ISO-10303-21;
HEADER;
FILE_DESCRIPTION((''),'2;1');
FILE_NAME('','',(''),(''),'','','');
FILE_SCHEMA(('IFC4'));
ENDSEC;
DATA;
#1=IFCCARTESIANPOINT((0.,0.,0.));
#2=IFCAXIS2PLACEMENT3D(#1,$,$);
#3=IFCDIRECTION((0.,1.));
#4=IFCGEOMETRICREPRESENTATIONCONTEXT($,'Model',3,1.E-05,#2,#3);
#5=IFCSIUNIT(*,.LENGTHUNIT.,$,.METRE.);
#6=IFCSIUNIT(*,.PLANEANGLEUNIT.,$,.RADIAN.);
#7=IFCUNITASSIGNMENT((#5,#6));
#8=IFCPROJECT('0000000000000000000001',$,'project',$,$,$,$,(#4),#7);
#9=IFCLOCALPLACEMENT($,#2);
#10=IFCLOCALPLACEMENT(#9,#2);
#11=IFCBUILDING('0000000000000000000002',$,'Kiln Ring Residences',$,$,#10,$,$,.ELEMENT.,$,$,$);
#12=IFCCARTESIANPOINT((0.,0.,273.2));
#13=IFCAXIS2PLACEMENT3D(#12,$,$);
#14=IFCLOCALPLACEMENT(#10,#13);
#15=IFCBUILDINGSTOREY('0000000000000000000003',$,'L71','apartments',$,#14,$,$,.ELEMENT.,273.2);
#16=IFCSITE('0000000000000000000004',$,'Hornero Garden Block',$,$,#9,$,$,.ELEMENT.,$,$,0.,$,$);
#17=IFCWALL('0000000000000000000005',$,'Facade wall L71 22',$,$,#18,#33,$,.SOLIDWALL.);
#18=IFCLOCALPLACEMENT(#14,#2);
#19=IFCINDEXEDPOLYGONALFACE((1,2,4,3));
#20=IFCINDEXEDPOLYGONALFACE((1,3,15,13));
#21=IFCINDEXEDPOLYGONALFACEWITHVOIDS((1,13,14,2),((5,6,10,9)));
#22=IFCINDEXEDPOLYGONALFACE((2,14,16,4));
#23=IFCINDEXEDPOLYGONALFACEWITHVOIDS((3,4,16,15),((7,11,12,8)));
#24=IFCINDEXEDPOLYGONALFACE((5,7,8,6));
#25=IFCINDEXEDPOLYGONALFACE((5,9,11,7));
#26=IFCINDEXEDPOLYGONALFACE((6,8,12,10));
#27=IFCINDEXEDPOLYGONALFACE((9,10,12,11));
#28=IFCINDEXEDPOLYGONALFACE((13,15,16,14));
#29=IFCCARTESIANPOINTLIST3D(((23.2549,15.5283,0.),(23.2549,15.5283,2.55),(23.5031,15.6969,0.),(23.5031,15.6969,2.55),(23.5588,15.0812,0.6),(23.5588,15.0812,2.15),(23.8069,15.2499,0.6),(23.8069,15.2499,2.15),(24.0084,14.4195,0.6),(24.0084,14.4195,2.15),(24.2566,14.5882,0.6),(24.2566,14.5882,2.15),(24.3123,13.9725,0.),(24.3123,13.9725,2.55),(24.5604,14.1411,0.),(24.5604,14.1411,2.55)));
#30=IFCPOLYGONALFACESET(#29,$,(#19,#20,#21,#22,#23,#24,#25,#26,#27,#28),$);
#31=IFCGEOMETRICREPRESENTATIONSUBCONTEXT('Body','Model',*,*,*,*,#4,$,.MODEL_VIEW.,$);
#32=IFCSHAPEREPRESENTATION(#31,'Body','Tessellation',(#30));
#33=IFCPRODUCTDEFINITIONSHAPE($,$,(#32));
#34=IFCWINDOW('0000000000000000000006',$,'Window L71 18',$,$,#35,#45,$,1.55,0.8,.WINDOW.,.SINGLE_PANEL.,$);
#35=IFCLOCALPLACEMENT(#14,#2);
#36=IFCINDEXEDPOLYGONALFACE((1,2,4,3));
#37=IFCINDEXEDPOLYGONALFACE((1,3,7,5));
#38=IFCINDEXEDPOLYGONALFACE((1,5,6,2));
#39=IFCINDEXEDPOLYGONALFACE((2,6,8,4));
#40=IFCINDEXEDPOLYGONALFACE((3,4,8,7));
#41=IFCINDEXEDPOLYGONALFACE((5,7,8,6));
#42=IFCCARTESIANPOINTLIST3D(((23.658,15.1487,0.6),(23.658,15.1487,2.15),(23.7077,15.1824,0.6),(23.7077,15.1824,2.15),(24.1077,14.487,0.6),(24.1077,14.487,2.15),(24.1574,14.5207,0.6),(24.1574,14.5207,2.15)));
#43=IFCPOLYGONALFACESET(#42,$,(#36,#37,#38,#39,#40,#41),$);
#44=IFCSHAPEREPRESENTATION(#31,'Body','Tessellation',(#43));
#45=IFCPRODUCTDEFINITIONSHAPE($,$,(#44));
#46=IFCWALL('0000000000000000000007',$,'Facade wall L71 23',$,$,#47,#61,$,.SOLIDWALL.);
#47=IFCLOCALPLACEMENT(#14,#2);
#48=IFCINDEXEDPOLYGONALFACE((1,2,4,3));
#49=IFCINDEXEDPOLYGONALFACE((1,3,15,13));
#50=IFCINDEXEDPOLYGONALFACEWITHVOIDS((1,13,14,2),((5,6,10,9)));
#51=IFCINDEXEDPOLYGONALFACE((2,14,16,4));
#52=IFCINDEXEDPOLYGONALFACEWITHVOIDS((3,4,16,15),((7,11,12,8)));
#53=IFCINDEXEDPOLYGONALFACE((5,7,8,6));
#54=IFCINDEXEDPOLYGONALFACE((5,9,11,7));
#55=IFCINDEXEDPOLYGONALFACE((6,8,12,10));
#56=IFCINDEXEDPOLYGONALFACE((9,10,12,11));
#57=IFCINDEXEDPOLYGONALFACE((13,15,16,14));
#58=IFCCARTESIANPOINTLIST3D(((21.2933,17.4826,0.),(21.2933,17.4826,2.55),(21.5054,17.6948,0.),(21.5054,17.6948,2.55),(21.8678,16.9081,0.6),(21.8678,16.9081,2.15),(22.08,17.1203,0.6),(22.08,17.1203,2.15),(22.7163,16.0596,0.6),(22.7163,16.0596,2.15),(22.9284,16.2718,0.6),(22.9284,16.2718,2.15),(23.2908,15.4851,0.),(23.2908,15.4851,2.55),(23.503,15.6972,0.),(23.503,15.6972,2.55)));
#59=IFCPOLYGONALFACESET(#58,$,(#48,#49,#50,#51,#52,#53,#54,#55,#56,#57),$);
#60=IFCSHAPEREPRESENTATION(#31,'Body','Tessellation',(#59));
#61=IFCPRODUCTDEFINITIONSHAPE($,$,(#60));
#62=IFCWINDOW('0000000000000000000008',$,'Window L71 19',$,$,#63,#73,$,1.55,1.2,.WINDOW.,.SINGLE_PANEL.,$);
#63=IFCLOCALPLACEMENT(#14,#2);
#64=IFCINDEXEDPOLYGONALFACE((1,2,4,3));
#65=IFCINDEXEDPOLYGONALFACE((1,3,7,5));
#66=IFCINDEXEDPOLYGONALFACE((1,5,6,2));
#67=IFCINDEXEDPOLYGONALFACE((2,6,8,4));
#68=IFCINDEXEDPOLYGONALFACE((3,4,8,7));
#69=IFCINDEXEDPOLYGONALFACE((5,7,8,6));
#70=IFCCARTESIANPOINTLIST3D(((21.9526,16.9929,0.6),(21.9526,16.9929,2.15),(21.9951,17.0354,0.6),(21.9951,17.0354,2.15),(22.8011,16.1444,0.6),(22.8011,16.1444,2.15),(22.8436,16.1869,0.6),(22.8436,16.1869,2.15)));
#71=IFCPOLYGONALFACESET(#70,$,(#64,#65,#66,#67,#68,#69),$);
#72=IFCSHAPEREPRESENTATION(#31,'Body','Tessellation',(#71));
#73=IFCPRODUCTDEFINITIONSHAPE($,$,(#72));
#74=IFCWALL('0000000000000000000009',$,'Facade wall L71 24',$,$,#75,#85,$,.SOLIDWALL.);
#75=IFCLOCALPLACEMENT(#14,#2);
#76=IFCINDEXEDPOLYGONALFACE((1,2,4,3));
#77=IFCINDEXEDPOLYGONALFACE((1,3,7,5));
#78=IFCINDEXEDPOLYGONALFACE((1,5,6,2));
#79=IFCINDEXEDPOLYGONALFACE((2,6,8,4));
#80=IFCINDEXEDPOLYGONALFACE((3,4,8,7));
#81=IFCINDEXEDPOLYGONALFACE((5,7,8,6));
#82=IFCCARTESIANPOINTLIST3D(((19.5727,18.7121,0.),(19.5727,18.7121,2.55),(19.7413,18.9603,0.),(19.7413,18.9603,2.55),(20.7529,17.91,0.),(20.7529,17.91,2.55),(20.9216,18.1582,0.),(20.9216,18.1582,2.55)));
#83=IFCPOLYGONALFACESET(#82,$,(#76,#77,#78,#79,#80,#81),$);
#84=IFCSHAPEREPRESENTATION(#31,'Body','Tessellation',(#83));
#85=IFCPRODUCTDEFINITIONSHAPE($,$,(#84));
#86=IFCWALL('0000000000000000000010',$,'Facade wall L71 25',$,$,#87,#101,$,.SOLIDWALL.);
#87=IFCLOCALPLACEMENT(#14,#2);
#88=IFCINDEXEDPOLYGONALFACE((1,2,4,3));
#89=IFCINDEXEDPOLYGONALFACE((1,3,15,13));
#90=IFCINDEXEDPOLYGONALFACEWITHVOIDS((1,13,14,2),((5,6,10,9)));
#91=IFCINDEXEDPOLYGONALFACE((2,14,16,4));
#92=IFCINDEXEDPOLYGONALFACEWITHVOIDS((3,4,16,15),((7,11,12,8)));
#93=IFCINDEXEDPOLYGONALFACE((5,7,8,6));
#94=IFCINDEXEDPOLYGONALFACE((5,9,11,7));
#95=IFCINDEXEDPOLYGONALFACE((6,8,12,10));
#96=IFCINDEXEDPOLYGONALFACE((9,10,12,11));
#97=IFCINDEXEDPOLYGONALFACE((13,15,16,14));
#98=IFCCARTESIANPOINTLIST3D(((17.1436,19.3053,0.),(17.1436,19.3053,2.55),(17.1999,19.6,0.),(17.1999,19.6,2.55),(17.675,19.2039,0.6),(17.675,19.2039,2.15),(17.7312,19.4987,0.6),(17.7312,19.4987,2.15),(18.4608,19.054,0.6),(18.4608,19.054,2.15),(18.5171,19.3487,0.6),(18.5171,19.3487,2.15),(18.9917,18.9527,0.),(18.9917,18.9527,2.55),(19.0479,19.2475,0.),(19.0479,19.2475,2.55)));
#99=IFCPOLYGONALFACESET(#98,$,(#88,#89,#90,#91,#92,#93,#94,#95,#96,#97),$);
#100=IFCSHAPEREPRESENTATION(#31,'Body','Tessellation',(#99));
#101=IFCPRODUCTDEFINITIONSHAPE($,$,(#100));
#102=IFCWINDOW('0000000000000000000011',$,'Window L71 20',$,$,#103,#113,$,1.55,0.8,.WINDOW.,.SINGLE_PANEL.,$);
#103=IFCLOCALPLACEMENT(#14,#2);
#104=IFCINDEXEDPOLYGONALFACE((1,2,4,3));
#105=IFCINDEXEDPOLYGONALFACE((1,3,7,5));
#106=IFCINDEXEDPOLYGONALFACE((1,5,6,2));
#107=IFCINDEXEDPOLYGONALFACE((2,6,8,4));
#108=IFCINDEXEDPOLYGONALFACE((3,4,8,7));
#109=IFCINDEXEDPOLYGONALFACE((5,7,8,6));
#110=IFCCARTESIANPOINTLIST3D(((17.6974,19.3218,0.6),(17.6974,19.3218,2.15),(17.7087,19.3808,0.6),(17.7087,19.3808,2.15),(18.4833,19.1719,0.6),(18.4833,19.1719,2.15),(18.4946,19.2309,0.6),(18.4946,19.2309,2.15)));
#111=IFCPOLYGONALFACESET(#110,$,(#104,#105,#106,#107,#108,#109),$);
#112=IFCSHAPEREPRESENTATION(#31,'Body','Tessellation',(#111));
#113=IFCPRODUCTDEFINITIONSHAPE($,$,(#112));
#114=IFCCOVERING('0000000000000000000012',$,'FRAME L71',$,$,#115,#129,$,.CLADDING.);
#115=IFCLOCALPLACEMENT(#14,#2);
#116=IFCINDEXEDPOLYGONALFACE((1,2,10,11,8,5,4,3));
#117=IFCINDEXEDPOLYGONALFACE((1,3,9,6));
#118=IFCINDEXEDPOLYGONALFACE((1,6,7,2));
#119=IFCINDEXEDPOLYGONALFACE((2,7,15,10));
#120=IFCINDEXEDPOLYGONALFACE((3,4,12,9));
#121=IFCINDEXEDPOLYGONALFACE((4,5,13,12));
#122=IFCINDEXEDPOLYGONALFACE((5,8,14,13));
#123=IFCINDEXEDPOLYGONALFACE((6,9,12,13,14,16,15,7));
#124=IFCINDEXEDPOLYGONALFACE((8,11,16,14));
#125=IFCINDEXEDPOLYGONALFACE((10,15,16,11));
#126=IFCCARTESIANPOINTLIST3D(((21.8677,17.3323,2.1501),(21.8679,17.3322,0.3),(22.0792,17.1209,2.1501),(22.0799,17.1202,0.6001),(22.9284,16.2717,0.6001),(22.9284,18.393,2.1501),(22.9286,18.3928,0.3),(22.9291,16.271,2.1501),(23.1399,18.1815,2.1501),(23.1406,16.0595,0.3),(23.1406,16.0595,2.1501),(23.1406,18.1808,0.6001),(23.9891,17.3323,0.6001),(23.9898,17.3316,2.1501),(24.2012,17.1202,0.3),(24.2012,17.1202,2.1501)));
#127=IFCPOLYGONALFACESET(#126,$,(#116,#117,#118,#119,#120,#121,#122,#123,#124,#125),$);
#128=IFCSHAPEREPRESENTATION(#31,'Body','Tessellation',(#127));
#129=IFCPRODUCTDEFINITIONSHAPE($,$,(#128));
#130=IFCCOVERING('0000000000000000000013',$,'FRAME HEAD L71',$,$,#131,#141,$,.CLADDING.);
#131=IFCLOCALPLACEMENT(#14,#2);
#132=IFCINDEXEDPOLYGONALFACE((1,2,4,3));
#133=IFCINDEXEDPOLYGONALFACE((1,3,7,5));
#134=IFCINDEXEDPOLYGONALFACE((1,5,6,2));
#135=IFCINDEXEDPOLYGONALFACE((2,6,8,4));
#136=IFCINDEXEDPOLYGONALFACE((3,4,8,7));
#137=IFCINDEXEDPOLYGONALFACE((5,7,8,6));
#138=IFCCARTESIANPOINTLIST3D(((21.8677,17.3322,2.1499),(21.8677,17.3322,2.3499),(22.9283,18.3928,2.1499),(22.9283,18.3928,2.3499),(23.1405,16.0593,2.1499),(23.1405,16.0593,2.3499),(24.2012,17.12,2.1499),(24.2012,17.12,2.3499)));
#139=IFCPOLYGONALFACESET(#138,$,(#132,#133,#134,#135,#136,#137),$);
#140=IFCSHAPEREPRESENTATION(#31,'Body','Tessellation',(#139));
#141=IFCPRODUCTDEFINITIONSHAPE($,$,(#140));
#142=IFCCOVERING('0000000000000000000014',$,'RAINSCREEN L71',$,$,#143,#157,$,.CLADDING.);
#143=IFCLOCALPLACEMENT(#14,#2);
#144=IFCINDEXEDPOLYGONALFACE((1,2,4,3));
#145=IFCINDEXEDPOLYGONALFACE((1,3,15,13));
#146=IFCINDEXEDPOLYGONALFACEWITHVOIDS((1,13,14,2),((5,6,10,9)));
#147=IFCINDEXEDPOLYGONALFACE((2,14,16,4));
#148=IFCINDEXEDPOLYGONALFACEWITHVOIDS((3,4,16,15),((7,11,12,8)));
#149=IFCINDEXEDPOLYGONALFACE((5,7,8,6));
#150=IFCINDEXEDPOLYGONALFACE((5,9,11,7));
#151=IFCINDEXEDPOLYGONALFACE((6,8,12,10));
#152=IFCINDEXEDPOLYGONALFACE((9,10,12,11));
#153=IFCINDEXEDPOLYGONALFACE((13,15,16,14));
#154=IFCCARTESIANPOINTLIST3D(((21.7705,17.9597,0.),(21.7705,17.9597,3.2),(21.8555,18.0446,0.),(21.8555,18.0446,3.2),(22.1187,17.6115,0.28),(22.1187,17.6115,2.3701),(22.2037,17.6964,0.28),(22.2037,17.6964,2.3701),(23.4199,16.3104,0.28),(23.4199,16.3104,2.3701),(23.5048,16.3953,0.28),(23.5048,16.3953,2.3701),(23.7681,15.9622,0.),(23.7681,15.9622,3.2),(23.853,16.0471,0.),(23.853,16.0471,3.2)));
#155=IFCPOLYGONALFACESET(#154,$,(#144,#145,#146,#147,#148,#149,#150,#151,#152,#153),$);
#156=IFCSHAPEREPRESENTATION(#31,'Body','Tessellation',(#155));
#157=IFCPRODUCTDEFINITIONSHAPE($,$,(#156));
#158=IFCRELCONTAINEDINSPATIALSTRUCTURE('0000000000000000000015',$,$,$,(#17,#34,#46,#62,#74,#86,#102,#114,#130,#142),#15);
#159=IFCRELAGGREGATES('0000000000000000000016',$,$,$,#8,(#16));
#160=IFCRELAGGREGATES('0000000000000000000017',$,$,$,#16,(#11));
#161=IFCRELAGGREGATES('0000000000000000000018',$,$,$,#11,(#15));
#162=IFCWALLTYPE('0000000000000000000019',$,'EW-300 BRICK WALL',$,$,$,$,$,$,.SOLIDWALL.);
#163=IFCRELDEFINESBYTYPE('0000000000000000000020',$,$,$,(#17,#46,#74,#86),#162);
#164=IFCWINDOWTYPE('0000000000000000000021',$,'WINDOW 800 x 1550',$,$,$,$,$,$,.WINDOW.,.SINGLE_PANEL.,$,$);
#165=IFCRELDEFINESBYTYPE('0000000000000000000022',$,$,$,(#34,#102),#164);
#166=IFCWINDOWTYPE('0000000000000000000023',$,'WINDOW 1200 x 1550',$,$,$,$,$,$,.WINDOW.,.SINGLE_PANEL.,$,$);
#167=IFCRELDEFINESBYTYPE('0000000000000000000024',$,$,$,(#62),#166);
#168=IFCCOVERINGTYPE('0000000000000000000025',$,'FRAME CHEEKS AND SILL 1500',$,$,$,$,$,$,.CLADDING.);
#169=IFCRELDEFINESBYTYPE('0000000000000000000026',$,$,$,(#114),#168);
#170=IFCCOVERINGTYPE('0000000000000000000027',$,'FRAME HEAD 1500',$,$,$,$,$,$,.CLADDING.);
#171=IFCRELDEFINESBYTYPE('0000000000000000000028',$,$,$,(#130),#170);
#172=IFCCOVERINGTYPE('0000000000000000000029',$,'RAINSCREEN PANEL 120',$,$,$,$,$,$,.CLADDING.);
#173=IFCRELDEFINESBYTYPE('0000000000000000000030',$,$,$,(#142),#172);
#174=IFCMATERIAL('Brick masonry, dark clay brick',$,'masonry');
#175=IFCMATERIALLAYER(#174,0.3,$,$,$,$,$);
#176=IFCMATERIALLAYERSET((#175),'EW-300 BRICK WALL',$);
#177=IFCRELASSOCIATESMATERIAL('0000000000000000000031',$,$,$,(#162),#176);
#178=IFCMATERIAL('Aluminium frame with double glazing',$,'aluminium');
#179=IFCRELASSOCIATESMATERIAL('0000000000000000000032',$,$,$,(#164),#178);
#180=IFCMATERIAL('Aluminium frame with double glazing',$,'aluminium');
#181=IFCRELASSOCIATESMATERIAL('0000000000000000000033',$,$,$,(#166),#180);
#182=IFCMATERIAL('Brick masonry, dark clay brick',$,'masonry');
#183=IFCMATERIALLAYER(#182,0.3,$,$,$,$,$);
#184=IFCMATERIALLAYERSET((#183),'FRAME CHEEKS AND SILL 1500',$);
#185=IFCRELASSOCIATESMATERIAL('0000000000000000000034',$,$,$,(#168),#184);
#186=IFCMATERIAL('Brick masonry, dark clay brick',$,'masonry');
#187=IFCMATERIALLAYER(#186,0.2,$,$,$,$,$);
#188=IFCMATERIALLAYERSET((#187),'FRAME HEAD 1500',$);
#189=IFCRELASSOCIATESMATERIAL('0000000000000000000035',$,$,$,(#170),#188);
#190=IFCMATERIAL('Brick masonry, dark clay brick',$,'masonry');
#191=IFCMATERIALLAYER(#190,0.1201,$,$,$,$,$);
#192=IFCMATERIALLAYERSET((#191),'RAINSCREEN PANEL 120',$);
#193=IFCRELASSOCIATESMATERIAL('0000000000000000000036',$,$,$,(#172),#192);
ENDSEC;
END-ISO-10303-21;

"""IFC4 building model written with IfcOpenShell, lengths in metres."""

from ifc_helpers import new_model, si_unit, direction, frame, frame_2d, origin, origin_2d, place, context, subcontext, project, spatial, polyline, rectangle, outline, extrude, material, layer, layer_set, type_object, element, fill, save


model = new_model("IFC4")

# Units and contexts
model_context = context("Model", 3, precision=1e-05, world=origin(), true_north=direction((0.0, 1.0)))
body_context = subcontext(model_context, "Body", "Model", "MODEL_VIEW")
ifc_project = project(units=[si_unit("LENGTHUNIT", "METRE"), si_unit("PLANEANGLEUNIT", "RADIAN")], contexts=[model_context])

# Site, building, storey
site_placement = place(None, origin())
site = spatial("IfcSite", under=ifc_project, at=site_placement, Name="Hornero Garden Block", CompositionType="ELEMENT", RefElevation=0.0)
building_placement = place(site_placement, origin())
building = spatial("IfcBuilding", under=site, at=building_placement, Name="Kiln Ring Residences", CompositionType="ELEMENT")
storey_placement = place(building_placement, frame((0.0, 0.0, 273.2)))
storey = spatial("IfcBuildingStorey", under=building, at=storey_placement, Name="L71", Description="apartments", CompositionType="ELEMENT", Elevation=273.2)

# Shared definitions
ifc_material_1 = material(Name="Brick masonry, dark clay brick", Category="masonry")
ifc_layer_1 = layer(ifc_material_1, 0.3)
ifc_layer_set_1 = layer_set([ifc_layer_1], Name="EW-300 BRICK WALL")
wall_type_1 = type_object("IfcWallType", Name="EW-300 BRICK WALL", PredefinedType="SOLIDWALL", material=ifc_layer_set_1)

# Walls, openings, windows
wall_1_placement = place(storey_placement, frame((24.4363, 14.0569, 0.0), z_axis=(0.0, 0.0, 1.0), x_axis=(-0.562076, 0.827086, 0.0)))
wall_1 = element("IfcWall", 1, at=wall_1_placement, inside=storey, type_object=wall_type_1, Name="Facade wall L71 22", PredefinedType="SOLIDWALL", context=body_context, shape_type="SweptSolid", body=[
    extrude(rectangle(XDim=1.8811, YDim=0.3, at=frame_2d((0.9404, 0.0))), origin(), (0.0, 0.0, 1.0), 2.55),
])
opening_1_placement = place(wall_1_placement, frame((0.5405, 0.0, 0.6001)))
opening_1 = element("IfcOpeningElement", 2, at=opening_1_placement, cuts=wall_1, PredefinedType="OPENING", context=body_context, shape_type="SweptSolid", body=[
    extrude(rectangle(XDim=0.8, YDim=1.55, at=frame_2d((0.3999, 0.7749))), frame((0.0, 0.1599, 0.0), z_axis=(0.0, -1.0, 0.0), x_axis=(1.0, 0.0, 0.0)), (0.0, 0.0, 1.0), 0.3201),
])
ifc_material_2 = material(Name="Aluminium frame with double glazing", Category="aluminium")
window_type_1 = type_object("IfcWindowType", Name="WINDOW 800 x 1550", PartitioningType="SINGLE_PANEL", PredefinedType="WINDOW", material=ifc_material_2)
window_1_placement = place(opening_1_placement, origin())
window_1 = element("IfcWindow", 3, at=window_1_placement, inside=storey, type_object=window_type_1, Name="Window L71 18", OverallHeight=1.55, OverallWidth=0.8, PartitioningType="SINGLE_PANEL", PredefinedType="WINDOW", context=body_context, shape_type="SweptSolid", body=[
    extrude(rectangle(XDim=0.8, YDim=1.55, at=frame_2d((0.3999, 0.7749))), frame((0.0, 0.03, 0.0), z_axis=(0.0, -1.0, 0.0), x_axis=(1.0, 0.0, 0.0)), (0.0, 0.0, 1.0), 0.0601),
])
fill(opening_1, window_1)
wall_2_placement = place(storey_placement, frame((23.397, 15.5911, 0.0), z_axis=(0.0, 0.0, 1.0), x_axis=(-0.707107, 0.707107, 0.0)))
wall_2 = element("IfcWall", 4, at=wall_2_placement, inside=storey, type_object=wall_type_1, Name="Facade wall L71 23", PredefinedType="SOLIDWALL", context=body_context, shape_type="SweptSolid", body=[
    extrude(rectangle(XDim=2.825, YDim=0.3, at=frame_2d((1.4126, 0.0))), origin(), (0.0, 0.0, 1.0), 2.55),
])
opening_2_placement = place(wall_2_placement, frame((0.8125, 0.0, 0.6001)))
opening_2 = element("IfcOpeningElement", 5, at=opening_2_placement, cuts=wall_2, PredefinedType="OPENING", context=body_context, shape_type="SweptSolid", body=[
    extrude(rectangle(XDim=1.2, YDim=1.55, at=frame_2d((0.6001, 0.7749))), frame((0.0, 0.1599, 0.0), z_axis=(0.0, -1.0, 0.0), x_axis=(1.0, 0.0, 0.0)), (0.0, 0.0, 1.0), 0.3201),
])
ifc_material_3 = material(Name="Aluminium frame with double glazing", Category="aluminium")
window_type_2 = type_object("IfcWindowType", Name="WINDOW 1200 x 1550", PartitioningType="SINGLE_PANEL", PredefinedType="WINDOW", material=ifc_material_3)
window_2_placement = place(opening_2_placement, origin())
window_2 = element("IfcWindow", 6, at=window_2_placement, inside=storey, type_object=window_type_2, Name="Window L71 19", OverallHeight=1.55, OverallWidth=1.2, PartitioningType="SINGLE_PANEL", PredefinedType="WINDOW", context=body_context, shape_type="SweptSolid", body=[
    extrude(rectangle(XDim=1.2, YDim=1.55, at=frame_2d((0.6001, 0.7749))), frame((0.0, 0.03, 0.0), z_axis=(0.0, -1.0, 0.0), x_axis=(1.0, 0.0, 0.0)), (0.0, 0.0, 1.0), 0.0601),
])
fill(opening_2, window_2)

# Wall
wall_3_placement = place(storey_placement, frame((20.8372, 18.0342, 0.0), z_axis=(0.0, 0.0, 1.0), x_axis=(-0.827095, 0.562062, 0.0)))
element("IfcWall", 7, at=wall_3_placement, inside=storey, type_object=wall_type_1, Name="Facade wall L71 24", PredefinedType="SOLIDWALL", context=body_context, shape_type="SweptSolid", body=[
    extrude(rectangle(XDim=1.427, YDim=0.3, at=frame_2d((0.7134, 0.0))), origin(), (0.0, 0.0, 1.0), 2.55),
])

# Wall, opening, window
wall_4_placement = place(storey_placement, frame((19.0198, 19.1001, 0.0), z_axis=(0.0, 0.0, 1.0), x_axis=(-0.982284, 0.187398, 0.0)))
wall_4 = element("IfcWall", 8, at=wall_4_placement, inside=storey, type_object=wall_type_1, Name="Facade wall L71 25", PredefinedType="SOLIDWALL", context=body_context, shape_type="SweptSolid", body=[
    extrude(rectangle(XDim=1.8813, YDim=0.3, at=frame_2d((0.9407, 0.0))), origin(), (0.0, 0.0, 1.0), 2.55),
])
opening_3_placement = place(wall_4_placement, frame((0.5405, 0.0, 0.6001)))
opening_3 = element("IfcOpeningElement", 9, at=opening_3_placement, cuts=wall_4, PredefinedType="OPENING", context=body_context, shape_type="SweptSolid", body=[
    extrude(rectangle(XDim=0.8, YDim=1.55, at=frame_2d((0.3999, 0.7749))), frame((0.0, 0.1599, 0.0), z_axis=(0.0, -1.0, 0.0), x_axis=(1.0, 0.0, 0.0)), (0.0, 0.0, 1.0), 0.3201),
])
window_3_placement = place(opening_3_placement, origin())
window_3 = element("IfcWindow", 10, at=window_3_placement, inside=storey, type_object=window_type_1, Name="Window L71 20", OverallHeight=1.55, OverallWidth=0.8, PartitioningType="SINGLE_PANEL", PredefinedType="WINDOW", context=body_context, shape_type="SweptSolid", body=[
    extrude(rectangle(XDim=0.8, YDim=1.55, at=frame_2d((0.3999, 0.7749))), frame((0.0, 0.03, 0.0), z_axis=(0.0, -1.0, 0.0), x_axis=(1.0, 0.0, 0.0)), (0.0, 0.0, 1.0), 0.0601),
])
fill(opening_3, window_3)

# Coverings
ifc_material_4 = material(Name="Brick masonry, dark clay brick", Category="masonry")
ifc_layer_2 = layer(ifc_material_4, 0.3)
ifc_layer_set_2 = layer_set([ifc_layer_2], Name="FRAME CHEEKS AND SILL 1500")
covering_type_1 = type_object("IfcCoveringType", Name="FRAME CHEEKS AND SILL 1500", PredefinedType="CLADDING", material=ifc_layer_set_2)
covering_1_placement = place(storey_placement, frame((23.6709, 16.5898, 0.3), z_axis=(0.0, 0.0, 1.0), x_axis=(-0.707107, 0.707107, 0.0)))
element("IfcCovering", 11, at=covering_1_placement, inside=storey, type_object=covering_type_1, Name="FRAME L71", PredefinedType="CLADDING", context=body_context, shape_type="SweptSolid", body=[
    extrude(outline(polyline([(0.0, 0.0), (1.7998, 0.0), (1.8, 1.8501), (1.501, 1.8501), (1.5, 0.3), (0.3, 0.3), (0.2991, 1.8501), (0.0, 1.8501), (0.0, 0.0)])), frame((0.0, 0.75, 0.0), z_axis=(0.0, -1.0, 0.0), x_axis=(1.0, 0.0, 0.0)), (0.0, 0.0, 1.0), 1.5),
])
ifc_material_5 = material(Name="Brick masonry, dark clay brick", Category="masonry")
ifc_layer_3 = layer(ifc_material_5, 0.2)
ifc_layer_set_3 = layer_set([ifc_layer_3], Name="FRAME HEAD 1500")
covering_type_2 = type_object("IfcCoveringType", Name="FRAME HEAD 1500", PredefinedType="CLADDING", material=ifc_layer_set_3)
covering_2_placement = place(storey_placement, frame((23.0344, 17.2261, 2.1499), z_axis=(0.0, 0.0, 1.0), x_axis=(-0.707107, 0.707107, 0.0)))
element("IfcCovering", 12, at=covering_2_placement, inside=storey, type_object=covering_type_2, Name="FRAME HEAD L71", PredefinedType="CLADDING", context=body_context, shape_type="SweptSolid", body=[
    extrude(rectangle(XDim=1.8, YDim=1.5, at=origin_2d()), origin(), (0.0, 0.0, 1.0), 0.2),
])
ifc_material_6 = material(Name="Brick masonry, dark clay brick", Category="masonry")
ifc_layer_4 = layer(ifc_material_6, 0.1201)
ifc_layer_set_4 = layer_set([ifc_layer_4], Name="RAINSCREEN PANEL 120")
covering_type_3 = type_object("IfcCoveringType", Name="RAINSCREEN PANEL 120", PredefinedType="CLADDING", material=ifc_layer_set_4)
covering_3_placement = place(storey_placement, frame((23.8105, 16.0046, 0.0), z_axis=(0.0, 0.0, 1.0), x_axis=(-0.707107, 0.707107, 0.0)))
element("IfcCovering", 13, at=covering_3_placement, inside=storey, type_object=covering_type_3, Name="RAINSCREEN L71", PredefinedType="CLADDING", context=body_context, shape_type="SweptSolid", body=[
    extrude(outline(polyline([(0.0, 0.0), (2.825, 0.0), (2.825, 3.2), (0.0, 3.2), (0.0, 0.0)]), holes=[polyline([(0.4924, 2.3701), (0.4924, 0.28), (2.3325, 0.28), (2.3325, 2.3701), (0.4924, 2.3701)])]), frame((0.0, 0.0601, 0.0), z_axis=(0.0, -1.0, 0.0), x_axis=(1.0, 0.0, 0.0)), (0.0, 0.0, 1.0), 0.1201),
])

save(model, "model.ifc")
